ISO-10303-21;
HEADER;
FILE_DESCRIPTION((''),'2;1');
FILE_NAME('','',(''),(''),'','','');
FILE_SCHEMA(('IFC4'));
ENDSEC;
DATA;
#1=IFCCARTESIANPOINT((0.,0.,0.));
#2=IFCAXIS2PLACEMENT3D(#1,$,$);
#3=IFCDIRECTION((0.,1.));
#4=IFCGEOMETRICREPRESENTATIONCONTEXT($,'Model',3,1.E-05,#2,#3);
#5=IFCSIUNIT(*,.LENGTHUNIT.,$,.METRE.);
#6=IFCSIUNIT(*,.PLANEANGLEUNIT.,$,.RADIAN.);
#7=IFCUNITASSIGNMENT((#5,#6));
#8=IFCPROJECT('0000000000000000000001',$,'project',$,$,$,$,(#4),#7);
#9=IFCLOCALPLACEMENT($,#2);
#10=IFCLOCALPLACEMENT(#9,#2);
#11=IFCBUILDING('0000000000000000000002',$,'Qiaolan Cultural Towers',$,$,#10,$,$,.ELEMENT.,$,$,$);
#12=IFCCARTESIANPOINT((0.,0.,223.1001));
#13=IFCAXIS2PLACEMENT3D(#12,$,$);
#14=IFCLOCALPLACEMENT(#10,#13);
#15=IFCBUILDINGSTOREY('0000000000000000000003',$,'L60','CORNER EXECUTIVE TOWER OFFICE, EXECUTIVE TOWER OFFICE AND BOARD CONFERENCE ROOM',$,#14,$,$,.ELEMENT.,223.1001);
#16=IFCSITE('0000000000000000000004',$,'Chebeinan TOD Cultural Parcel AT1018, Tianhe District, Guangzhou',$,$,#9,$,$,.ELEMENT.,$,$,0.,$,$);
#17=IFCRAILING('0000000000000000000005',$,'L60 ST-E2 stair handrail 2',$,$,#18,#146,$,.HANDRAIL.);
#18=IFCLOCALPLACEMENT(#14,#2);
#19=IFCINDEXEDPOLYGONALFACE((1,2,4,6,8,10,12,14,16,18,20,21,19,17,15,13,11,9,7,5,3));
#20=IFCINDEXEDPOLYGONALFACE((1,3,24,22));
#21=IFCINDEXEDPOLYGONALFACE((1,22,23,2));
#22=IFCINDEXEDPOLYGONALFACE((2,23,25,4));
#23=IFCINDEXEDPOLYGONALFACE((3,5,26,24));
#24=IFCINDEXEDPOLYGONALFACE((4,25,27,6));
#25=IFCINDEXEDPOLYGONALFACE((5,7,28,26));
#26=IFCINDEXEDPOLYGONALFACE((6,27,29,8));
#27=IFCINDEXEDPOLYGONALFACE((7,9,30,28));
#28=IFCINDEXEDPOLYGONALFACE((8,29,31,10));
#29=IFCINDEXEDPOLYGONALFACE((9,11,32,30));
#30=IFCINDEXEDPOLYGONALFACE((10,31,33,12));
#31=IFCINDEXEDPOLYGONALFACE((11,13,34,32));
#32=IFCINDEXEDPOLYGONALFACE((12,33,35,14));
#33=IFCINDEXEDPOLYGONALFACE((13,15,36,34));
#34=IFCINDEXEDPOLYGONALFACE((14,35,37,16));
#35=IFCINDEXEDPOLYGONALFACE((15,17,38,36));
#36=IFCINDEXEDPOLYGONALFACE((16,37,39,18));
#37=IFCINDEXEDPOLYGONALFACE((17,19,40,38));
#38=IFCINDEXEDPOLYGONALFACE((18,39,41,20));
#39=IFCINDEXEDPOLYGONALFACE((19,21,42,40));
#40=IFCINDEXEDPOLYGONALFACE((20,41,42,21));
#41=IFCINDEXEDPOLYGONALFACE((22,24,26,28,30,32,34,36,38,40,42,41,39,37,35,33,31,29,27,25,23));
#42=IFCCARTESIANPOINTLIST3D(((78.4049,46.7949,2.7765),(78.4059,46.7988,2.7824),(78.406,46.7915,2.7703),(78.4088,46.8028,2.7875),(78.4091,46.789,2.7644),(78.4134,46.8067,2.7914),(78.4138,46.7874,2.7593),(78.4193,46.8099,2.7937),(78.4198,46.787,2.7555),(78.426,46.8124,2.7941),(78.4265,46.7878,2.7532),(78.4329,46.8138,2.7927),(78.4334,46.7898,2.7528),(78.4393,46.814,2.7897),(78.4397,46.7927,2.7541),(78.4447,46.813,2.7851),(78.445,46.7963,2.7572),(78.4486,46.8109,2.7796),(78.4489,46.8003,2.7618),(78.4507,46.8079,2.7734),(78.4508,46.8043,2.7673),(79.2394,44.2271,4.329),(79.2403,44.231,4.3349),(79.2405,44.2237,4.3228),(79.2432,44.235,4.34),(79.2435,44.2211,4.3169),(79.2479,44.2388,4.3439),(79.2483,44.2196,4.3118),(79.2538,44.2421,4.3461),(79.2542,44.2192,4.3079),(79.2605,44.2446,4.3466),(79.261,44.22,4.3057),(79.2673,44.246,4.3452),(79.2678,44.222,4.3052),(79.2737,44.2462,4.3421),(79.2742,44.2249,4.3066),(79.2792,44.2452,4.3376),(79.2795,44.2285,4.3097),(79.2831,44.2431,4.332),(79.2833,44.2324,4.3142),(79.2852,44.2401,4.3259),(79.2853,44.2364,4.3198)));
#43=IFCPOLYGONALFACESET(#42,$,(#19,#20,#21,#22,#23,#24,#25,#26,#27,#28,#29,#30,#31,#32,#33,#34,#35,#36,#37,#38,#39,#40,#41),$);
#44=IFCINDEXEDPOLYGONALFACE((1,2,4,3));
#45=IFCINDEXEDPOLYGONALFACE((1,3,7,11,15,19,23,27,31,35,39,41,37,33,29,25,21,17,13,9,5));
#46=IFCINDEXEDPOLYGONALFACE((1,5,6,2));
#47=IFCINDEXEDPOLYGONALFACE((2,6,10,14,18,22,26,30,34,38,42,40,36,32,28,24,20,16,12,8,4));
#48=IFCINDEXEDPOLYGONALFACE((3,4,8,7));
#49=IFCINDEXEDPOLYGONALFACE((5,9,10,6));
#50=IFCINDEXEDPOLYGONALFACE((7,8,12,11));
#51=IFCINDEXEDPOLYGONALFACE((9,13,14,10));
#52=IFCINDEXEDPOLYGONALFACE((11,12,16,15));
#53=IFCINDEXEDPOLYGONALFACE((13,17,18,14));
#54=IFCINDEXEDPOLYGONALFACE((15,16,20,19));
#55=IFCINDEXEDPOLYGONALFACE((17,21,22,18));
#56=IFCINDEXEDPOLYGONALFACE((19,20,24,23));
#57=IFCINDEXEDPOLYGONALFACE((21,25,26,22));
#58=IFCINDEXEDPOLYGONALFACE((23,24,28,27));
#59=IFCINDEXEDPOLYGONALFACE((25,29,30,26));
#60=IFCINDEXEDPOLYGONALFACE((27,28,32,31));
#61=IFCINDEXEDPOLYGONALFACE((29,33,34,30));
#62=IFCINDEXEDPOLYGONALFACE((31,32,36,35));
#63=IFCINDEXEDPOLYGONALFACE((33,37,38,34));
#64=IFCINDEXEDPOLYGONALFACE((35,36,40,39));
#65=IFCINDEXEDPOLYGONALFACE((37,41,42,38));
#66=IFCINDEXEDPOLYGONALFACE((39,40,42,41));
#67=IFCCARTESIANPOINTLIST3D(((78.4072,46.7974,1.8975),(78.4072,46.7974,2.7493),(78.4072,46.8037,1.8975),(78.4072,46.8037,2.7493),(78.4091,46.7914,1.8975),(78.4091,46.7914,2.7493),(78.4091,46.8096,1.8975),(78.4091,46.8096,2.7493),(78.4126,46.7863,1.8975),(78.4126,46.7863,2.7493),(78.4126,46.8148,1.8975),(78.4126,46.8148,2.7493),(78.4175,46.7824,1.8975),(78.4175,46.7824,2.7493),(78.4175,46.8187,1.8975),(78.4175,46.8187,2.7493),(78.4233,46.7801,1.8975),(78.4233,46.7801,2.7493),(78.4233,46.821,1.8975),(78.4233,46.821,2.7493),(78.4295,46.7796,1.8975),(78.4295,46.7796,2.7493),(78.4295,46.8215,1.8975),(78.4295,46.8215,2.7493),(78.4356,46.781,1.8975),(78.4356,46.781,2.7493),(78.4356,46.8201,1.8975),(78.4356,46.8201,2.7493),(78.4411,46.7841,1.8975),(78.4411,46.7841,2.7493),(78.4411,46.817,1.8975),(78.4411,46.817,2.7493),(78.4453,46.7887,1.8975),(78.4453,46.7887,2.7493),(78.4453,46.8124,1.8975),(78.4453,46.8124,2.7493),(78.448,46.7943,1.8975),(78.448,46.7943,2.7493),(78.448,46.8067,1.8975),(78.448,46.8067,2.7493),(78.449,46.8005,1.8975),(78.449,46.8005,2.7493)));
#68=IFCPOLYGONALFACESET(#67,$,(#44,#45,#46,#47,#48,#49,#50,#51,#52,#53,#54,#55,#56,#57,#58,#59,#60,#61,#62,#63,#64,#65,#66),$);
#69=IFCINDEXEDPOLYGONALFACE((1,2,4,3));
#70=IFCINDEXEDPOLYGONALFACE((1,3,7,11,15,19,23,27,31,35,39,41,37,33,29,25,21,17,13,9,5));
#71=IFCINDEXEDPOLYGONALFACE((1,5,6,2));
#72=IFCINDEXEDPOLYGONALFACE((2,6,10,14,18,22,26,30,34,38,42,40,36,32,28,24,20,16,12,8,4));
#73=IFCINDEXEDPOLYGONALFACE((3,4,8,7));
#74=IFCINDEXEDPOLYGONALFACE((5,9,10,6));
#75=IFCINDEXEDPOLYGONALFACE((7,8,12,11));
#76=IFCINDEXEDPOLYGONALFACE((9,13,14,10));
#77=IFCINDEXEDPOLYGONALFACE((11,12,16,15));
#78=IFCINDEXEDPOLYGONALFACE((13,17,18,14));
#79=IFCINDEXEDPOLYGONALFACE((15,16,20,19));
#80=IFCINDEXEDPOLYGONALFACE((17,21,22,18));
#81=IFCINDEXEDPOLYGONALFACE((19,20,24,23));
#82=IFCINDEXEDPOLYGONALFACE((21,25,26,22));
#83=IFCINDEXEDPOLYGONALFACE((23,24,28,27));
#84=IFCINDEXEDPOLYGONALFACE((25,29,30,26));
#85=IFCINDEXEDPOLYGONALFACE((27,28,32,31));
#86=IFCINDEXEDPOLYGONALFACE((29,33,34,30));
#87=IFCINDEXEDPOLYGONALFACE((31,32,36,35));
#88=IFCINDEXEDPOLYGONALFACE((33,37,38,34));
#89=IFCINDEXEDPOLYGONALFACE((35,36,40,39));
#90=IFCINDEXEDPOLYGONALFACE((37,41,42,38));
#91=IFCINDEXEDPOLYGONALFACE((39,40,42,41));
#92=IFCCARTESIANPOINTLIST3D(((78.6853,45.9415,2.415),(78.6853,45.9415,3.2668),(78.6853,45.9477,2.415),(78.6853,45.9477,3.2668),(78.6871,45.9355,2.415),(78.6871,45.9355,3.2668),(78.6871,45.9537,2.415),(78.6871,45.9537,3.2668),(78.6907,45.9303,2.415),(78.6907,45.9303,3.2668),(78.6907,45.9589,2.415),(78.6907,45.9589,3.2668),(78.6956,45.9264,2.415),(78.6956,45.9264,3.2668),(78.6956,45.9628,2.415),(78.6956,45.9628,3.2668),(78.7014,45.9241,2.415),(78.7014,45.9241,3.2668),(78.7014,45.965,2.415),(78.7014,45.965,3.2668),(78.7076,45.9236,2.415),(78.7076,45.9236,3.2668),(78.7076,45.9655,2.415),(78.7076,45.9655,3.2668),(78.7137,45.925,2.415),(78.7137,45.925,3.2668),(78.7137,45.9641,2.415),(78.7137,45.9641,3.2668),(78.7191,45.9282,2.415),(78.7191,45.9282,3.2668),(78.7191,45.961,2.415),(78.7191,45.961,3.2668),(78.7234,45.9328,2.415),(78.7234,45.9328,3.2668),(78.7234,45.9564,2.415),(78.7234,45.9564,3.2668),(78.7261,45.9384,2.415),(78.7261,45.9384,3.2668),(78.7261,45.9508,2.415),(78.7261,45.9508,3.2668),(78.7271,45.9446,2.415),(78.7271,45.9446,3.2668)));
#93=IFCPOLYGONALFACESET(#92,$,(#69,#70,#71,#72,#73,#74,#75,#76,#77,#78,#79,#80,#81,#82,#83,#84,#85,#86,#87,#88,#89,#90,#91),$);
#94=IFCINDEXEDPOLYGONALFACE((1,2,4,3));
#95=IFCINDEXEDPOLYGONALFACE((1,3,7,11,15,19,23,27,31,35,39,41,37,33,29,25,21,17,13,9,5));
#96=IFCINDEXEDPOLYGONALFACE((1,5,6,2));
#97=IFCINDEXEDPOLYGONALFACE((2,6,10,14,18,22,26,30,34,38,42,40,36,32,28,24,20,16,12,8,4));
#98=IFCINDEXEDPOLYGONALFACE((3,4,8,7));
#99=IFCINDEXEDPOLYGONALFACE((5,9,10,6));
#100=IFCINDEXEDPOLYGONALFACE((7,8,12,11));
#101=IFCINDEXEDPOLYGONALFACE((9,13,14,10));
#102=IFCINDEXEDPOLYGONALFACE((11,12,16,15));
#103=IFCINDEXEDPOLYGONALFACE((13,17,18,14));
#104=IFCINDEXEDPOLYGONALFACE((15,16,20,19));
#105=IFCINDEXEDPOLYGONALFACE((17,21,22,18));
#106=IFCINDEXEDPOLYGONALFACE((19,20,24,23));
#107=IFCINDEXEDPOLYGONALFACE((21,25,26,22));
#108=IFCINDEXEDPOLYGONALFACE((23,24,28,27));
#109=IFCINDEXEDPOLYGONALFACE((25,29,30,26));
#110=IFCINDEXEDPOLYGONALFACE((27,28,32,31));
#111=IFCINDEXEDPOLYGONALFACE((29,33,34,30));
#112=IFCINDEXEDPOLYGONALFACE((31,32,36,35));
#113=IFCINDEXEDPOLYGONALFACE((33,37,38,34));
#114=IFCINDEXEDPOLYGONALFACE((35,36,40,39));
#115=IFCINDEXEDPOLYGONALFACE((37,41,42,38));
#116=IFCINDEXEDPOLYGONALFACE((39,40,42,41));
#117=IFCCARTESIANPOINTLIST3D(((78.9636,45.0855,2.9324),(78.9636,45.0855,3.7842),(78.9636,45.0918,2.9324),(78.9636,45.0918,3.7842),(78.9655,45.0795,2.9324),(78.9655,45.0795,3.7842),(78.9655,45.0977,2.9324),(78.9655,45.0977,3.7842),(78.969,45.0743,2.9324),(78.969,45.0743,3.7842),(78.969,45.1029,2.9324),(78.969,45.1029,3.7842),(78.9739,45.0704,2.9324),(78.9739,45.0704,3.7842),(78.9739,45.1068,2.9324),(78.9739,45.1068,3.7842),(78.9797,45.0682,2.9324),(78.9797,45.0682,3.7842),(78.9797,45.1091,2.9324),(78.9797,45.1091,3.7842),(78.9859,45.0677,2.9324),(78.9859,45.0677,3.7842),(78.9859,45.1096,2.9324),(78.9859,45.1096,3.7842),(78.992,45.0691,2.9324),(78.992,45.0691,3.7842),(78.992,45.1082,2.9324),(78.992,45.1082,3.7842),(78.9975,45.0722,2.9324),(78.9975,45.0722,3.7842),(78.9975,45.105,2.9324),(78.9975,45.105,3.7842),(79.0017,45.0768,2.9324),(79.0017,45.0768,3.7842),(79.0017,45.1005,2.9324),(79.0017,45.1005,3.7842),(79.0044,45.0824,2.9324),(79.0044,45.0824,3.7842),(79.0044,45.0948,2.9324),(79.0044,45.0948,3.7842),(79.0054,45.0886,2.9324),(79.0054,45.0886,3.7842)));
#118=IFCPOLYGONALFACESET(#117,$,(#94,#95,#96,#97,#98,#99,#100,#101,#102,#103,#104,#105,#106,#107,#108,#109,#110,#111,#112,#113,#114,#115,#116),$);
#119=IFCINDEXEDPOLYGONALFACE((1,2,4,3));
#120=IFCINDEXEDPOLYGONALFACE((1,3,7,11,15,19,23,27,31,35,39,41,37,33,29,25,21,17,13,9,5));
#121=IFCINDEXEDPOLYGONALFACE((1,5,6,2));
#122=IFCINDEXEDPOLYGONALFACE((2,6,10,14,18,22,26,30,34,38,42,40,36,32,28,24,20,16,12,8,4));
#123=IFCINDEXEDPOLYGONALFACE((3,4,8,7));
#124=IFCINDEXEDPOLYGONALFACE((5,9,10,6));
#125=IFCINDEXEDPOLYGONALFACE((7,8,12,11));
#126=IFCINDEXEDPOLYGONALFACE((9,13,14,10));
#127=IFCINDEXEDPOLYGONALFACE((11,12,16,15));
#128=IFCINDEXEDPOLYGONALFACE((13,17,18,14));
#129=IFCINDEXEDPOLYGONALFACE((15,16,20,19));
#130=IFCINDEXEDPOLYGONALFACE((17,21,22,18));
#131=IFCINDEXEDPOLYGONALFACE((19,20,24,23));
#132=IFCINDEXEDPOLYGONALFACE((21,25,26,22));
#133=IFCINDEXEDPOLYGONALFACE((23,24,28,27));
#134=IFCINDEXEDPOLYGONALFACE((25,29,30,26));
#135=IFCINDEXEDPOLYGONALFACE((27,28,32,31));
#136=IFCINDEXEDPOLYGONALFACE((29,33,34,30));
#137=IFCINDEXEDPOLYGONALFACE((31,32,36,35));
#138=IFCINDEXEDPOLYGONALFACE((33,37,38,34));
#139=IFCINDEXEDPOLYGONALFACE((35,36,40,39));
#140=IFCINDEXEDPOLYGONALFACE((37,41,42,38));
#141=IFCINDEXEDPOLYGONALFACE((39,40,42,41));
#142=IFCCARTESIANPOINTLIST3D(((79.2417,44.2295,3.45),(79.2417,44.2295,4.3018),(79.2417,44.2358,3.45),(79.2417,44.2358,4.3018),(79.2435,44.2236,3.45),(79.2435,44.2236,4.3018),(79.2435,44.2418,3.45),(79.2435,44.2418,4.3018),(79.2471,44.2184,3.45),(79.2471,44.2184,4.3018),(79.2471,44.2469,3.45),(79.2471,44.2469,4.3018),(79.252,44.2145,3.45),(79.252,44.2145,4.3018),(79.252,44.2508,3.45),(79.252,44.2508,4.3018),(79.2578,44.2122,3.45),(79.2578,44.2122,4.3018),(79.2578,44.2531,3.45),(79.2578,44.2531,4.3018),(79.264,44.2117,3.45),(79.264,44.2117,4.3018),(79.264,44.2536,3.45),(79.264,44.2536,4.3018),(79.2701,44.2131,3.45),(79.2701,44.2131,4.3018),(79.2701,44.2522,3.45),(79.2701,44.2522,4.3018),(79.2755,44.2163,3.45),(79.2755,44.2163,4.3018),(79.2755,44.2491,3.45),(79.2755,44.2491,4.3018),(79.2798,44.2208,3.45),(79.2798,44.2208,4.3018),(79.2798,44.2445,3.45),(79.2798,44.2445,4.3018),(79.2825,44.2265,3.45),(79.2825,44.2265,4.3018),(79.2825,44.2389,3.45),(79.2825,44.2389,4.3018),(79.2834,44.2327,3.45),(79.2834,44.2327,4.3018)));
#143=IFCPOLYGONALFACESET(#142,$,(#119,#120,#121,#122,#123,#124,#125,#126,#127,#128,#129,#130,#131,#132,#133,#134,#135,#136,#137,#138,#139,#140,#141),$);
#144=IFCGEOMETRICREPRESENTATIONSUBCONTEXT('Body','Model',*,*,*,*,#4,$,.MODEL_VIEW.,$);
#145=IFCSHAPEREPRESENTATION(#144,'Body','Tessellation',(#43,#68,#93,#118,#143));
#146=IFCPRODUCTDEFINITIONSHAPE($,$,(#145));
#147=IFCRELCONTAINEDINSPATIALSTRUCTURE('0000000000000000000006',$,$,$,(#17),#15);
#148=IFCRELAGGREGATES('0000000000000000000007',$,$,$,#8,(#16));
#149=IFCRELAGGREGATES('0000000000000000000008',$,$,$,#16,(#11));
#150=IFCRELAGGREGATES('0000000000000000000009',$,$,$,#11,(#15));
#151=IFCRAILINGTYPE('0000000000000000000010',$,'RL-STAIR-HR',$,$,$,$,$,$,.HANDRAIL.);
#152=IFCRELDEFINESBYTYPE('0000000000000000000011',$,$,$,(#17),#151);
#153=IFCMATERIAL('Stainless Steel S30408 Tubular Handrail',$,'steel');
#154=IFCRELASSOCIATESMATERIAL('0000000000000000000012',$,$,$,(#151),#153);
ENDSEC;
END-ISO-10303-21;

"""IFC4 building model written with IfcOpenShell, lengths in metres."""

from ifc_helpers import new_model, si_unit, direction, frame, origin, origin_2d, place, context, subcontext, project, spatial, circle, extrude, material, type_object, element, save


model = new_model("IFC4")

# Units and contexts
model_context = context("Model", 3, precision=1e-05, world=origin(), true_north=direction((0.0, 1.0)))
body_context = subcontext(model_context, "Body", "Model", "MODEL_VIEW")
ifc_project = project(units=[si_unit("LENGTHUNIT", "METRE"), si_unit("PLANEANGLEUNIT", "RADIAN")], contexts=[model_context])

# Site, building, storey
site_placement = place(None, origin())
site = spatial("IfcSite", under=ifc_project, at=site_placement, Name="Chebeinan TOD Cultural Parcel AT1018, Tianhe District, Guangzhou", CompositionType="ELEMENT", RefElevation=0.0)
building_placement = place(site_placement, origin())
building = spatial("IfcBuilding", under=site, at=building_placement, Name="Qiaolan Cultural Towers", CompositionType="ELEMENT")
storey_placement = place(building_placement, frame((0.0, 0.0, 223.1001)))
storey = spatial("IfcBuildingStorey", under=building, at=storey_placement, Name="L60", Description="CORNER EXECUTIVE TOWER OFFICE, EXECUTIVE TOWER OFFICE AND BOARD CONFERENCE ROOM", CompositionType="ELEMENT", Elevation=223.1001)

# Railing
ifc_material_1 = material(Name="Stainless Steel S30408 Tubular Handrail", Category="steel")
railing_type_1 = type_object("IfcRailingType", Name="RL-STAIR-HR", PredefinedType="HANDRAIL", material=ifc_material_1)
railing_1_placement = place(storey_placement, frame((78.428, 46.8005, 1.8975)))
element("IfcRailing", 1, at=railing_1_placement, inside=storey, type_object=railing_type_1, Name="L60 ST-E2 stair handrail 2", PredefinedType="HANDRAIL", context=body_context, shape_type="SweptSolid", body=[
    extrude(circle(Radius=0.0239, at=origin_2d()), frame((0.0, 0.0, 0.876), z_axis=(0.267926, -0.824471, 0.498461), x_axis=(0.951043, 0.309057, 0.0)), (0.0, 0.0, 1.0), 3.1145),
    extrude(circle(Radius=0.021, at=origin_2d()), origin(), (0.0, 0.0, 1.0), 0.8518),
    extrude(circle(Radius=0.021, at=origin_2d()), frame((0.2781, -0.856, 0.5176)), (0.0, 0.0, 1.0), 0.8518),
    extrude(circle(Radius=0.021, at=origin_2d()), frame((0.5564, -1.7119, 1.0349)), (0.0, 0.0, 1.0), 0.8518),
    extrude(circle(Radius=0.021, at=origin_2d()), frame((0.8345, -2.5679, 1.5525)), (0.0, 0.0, 1.0), 0.8518),
])

save(model, "model.ifc")
